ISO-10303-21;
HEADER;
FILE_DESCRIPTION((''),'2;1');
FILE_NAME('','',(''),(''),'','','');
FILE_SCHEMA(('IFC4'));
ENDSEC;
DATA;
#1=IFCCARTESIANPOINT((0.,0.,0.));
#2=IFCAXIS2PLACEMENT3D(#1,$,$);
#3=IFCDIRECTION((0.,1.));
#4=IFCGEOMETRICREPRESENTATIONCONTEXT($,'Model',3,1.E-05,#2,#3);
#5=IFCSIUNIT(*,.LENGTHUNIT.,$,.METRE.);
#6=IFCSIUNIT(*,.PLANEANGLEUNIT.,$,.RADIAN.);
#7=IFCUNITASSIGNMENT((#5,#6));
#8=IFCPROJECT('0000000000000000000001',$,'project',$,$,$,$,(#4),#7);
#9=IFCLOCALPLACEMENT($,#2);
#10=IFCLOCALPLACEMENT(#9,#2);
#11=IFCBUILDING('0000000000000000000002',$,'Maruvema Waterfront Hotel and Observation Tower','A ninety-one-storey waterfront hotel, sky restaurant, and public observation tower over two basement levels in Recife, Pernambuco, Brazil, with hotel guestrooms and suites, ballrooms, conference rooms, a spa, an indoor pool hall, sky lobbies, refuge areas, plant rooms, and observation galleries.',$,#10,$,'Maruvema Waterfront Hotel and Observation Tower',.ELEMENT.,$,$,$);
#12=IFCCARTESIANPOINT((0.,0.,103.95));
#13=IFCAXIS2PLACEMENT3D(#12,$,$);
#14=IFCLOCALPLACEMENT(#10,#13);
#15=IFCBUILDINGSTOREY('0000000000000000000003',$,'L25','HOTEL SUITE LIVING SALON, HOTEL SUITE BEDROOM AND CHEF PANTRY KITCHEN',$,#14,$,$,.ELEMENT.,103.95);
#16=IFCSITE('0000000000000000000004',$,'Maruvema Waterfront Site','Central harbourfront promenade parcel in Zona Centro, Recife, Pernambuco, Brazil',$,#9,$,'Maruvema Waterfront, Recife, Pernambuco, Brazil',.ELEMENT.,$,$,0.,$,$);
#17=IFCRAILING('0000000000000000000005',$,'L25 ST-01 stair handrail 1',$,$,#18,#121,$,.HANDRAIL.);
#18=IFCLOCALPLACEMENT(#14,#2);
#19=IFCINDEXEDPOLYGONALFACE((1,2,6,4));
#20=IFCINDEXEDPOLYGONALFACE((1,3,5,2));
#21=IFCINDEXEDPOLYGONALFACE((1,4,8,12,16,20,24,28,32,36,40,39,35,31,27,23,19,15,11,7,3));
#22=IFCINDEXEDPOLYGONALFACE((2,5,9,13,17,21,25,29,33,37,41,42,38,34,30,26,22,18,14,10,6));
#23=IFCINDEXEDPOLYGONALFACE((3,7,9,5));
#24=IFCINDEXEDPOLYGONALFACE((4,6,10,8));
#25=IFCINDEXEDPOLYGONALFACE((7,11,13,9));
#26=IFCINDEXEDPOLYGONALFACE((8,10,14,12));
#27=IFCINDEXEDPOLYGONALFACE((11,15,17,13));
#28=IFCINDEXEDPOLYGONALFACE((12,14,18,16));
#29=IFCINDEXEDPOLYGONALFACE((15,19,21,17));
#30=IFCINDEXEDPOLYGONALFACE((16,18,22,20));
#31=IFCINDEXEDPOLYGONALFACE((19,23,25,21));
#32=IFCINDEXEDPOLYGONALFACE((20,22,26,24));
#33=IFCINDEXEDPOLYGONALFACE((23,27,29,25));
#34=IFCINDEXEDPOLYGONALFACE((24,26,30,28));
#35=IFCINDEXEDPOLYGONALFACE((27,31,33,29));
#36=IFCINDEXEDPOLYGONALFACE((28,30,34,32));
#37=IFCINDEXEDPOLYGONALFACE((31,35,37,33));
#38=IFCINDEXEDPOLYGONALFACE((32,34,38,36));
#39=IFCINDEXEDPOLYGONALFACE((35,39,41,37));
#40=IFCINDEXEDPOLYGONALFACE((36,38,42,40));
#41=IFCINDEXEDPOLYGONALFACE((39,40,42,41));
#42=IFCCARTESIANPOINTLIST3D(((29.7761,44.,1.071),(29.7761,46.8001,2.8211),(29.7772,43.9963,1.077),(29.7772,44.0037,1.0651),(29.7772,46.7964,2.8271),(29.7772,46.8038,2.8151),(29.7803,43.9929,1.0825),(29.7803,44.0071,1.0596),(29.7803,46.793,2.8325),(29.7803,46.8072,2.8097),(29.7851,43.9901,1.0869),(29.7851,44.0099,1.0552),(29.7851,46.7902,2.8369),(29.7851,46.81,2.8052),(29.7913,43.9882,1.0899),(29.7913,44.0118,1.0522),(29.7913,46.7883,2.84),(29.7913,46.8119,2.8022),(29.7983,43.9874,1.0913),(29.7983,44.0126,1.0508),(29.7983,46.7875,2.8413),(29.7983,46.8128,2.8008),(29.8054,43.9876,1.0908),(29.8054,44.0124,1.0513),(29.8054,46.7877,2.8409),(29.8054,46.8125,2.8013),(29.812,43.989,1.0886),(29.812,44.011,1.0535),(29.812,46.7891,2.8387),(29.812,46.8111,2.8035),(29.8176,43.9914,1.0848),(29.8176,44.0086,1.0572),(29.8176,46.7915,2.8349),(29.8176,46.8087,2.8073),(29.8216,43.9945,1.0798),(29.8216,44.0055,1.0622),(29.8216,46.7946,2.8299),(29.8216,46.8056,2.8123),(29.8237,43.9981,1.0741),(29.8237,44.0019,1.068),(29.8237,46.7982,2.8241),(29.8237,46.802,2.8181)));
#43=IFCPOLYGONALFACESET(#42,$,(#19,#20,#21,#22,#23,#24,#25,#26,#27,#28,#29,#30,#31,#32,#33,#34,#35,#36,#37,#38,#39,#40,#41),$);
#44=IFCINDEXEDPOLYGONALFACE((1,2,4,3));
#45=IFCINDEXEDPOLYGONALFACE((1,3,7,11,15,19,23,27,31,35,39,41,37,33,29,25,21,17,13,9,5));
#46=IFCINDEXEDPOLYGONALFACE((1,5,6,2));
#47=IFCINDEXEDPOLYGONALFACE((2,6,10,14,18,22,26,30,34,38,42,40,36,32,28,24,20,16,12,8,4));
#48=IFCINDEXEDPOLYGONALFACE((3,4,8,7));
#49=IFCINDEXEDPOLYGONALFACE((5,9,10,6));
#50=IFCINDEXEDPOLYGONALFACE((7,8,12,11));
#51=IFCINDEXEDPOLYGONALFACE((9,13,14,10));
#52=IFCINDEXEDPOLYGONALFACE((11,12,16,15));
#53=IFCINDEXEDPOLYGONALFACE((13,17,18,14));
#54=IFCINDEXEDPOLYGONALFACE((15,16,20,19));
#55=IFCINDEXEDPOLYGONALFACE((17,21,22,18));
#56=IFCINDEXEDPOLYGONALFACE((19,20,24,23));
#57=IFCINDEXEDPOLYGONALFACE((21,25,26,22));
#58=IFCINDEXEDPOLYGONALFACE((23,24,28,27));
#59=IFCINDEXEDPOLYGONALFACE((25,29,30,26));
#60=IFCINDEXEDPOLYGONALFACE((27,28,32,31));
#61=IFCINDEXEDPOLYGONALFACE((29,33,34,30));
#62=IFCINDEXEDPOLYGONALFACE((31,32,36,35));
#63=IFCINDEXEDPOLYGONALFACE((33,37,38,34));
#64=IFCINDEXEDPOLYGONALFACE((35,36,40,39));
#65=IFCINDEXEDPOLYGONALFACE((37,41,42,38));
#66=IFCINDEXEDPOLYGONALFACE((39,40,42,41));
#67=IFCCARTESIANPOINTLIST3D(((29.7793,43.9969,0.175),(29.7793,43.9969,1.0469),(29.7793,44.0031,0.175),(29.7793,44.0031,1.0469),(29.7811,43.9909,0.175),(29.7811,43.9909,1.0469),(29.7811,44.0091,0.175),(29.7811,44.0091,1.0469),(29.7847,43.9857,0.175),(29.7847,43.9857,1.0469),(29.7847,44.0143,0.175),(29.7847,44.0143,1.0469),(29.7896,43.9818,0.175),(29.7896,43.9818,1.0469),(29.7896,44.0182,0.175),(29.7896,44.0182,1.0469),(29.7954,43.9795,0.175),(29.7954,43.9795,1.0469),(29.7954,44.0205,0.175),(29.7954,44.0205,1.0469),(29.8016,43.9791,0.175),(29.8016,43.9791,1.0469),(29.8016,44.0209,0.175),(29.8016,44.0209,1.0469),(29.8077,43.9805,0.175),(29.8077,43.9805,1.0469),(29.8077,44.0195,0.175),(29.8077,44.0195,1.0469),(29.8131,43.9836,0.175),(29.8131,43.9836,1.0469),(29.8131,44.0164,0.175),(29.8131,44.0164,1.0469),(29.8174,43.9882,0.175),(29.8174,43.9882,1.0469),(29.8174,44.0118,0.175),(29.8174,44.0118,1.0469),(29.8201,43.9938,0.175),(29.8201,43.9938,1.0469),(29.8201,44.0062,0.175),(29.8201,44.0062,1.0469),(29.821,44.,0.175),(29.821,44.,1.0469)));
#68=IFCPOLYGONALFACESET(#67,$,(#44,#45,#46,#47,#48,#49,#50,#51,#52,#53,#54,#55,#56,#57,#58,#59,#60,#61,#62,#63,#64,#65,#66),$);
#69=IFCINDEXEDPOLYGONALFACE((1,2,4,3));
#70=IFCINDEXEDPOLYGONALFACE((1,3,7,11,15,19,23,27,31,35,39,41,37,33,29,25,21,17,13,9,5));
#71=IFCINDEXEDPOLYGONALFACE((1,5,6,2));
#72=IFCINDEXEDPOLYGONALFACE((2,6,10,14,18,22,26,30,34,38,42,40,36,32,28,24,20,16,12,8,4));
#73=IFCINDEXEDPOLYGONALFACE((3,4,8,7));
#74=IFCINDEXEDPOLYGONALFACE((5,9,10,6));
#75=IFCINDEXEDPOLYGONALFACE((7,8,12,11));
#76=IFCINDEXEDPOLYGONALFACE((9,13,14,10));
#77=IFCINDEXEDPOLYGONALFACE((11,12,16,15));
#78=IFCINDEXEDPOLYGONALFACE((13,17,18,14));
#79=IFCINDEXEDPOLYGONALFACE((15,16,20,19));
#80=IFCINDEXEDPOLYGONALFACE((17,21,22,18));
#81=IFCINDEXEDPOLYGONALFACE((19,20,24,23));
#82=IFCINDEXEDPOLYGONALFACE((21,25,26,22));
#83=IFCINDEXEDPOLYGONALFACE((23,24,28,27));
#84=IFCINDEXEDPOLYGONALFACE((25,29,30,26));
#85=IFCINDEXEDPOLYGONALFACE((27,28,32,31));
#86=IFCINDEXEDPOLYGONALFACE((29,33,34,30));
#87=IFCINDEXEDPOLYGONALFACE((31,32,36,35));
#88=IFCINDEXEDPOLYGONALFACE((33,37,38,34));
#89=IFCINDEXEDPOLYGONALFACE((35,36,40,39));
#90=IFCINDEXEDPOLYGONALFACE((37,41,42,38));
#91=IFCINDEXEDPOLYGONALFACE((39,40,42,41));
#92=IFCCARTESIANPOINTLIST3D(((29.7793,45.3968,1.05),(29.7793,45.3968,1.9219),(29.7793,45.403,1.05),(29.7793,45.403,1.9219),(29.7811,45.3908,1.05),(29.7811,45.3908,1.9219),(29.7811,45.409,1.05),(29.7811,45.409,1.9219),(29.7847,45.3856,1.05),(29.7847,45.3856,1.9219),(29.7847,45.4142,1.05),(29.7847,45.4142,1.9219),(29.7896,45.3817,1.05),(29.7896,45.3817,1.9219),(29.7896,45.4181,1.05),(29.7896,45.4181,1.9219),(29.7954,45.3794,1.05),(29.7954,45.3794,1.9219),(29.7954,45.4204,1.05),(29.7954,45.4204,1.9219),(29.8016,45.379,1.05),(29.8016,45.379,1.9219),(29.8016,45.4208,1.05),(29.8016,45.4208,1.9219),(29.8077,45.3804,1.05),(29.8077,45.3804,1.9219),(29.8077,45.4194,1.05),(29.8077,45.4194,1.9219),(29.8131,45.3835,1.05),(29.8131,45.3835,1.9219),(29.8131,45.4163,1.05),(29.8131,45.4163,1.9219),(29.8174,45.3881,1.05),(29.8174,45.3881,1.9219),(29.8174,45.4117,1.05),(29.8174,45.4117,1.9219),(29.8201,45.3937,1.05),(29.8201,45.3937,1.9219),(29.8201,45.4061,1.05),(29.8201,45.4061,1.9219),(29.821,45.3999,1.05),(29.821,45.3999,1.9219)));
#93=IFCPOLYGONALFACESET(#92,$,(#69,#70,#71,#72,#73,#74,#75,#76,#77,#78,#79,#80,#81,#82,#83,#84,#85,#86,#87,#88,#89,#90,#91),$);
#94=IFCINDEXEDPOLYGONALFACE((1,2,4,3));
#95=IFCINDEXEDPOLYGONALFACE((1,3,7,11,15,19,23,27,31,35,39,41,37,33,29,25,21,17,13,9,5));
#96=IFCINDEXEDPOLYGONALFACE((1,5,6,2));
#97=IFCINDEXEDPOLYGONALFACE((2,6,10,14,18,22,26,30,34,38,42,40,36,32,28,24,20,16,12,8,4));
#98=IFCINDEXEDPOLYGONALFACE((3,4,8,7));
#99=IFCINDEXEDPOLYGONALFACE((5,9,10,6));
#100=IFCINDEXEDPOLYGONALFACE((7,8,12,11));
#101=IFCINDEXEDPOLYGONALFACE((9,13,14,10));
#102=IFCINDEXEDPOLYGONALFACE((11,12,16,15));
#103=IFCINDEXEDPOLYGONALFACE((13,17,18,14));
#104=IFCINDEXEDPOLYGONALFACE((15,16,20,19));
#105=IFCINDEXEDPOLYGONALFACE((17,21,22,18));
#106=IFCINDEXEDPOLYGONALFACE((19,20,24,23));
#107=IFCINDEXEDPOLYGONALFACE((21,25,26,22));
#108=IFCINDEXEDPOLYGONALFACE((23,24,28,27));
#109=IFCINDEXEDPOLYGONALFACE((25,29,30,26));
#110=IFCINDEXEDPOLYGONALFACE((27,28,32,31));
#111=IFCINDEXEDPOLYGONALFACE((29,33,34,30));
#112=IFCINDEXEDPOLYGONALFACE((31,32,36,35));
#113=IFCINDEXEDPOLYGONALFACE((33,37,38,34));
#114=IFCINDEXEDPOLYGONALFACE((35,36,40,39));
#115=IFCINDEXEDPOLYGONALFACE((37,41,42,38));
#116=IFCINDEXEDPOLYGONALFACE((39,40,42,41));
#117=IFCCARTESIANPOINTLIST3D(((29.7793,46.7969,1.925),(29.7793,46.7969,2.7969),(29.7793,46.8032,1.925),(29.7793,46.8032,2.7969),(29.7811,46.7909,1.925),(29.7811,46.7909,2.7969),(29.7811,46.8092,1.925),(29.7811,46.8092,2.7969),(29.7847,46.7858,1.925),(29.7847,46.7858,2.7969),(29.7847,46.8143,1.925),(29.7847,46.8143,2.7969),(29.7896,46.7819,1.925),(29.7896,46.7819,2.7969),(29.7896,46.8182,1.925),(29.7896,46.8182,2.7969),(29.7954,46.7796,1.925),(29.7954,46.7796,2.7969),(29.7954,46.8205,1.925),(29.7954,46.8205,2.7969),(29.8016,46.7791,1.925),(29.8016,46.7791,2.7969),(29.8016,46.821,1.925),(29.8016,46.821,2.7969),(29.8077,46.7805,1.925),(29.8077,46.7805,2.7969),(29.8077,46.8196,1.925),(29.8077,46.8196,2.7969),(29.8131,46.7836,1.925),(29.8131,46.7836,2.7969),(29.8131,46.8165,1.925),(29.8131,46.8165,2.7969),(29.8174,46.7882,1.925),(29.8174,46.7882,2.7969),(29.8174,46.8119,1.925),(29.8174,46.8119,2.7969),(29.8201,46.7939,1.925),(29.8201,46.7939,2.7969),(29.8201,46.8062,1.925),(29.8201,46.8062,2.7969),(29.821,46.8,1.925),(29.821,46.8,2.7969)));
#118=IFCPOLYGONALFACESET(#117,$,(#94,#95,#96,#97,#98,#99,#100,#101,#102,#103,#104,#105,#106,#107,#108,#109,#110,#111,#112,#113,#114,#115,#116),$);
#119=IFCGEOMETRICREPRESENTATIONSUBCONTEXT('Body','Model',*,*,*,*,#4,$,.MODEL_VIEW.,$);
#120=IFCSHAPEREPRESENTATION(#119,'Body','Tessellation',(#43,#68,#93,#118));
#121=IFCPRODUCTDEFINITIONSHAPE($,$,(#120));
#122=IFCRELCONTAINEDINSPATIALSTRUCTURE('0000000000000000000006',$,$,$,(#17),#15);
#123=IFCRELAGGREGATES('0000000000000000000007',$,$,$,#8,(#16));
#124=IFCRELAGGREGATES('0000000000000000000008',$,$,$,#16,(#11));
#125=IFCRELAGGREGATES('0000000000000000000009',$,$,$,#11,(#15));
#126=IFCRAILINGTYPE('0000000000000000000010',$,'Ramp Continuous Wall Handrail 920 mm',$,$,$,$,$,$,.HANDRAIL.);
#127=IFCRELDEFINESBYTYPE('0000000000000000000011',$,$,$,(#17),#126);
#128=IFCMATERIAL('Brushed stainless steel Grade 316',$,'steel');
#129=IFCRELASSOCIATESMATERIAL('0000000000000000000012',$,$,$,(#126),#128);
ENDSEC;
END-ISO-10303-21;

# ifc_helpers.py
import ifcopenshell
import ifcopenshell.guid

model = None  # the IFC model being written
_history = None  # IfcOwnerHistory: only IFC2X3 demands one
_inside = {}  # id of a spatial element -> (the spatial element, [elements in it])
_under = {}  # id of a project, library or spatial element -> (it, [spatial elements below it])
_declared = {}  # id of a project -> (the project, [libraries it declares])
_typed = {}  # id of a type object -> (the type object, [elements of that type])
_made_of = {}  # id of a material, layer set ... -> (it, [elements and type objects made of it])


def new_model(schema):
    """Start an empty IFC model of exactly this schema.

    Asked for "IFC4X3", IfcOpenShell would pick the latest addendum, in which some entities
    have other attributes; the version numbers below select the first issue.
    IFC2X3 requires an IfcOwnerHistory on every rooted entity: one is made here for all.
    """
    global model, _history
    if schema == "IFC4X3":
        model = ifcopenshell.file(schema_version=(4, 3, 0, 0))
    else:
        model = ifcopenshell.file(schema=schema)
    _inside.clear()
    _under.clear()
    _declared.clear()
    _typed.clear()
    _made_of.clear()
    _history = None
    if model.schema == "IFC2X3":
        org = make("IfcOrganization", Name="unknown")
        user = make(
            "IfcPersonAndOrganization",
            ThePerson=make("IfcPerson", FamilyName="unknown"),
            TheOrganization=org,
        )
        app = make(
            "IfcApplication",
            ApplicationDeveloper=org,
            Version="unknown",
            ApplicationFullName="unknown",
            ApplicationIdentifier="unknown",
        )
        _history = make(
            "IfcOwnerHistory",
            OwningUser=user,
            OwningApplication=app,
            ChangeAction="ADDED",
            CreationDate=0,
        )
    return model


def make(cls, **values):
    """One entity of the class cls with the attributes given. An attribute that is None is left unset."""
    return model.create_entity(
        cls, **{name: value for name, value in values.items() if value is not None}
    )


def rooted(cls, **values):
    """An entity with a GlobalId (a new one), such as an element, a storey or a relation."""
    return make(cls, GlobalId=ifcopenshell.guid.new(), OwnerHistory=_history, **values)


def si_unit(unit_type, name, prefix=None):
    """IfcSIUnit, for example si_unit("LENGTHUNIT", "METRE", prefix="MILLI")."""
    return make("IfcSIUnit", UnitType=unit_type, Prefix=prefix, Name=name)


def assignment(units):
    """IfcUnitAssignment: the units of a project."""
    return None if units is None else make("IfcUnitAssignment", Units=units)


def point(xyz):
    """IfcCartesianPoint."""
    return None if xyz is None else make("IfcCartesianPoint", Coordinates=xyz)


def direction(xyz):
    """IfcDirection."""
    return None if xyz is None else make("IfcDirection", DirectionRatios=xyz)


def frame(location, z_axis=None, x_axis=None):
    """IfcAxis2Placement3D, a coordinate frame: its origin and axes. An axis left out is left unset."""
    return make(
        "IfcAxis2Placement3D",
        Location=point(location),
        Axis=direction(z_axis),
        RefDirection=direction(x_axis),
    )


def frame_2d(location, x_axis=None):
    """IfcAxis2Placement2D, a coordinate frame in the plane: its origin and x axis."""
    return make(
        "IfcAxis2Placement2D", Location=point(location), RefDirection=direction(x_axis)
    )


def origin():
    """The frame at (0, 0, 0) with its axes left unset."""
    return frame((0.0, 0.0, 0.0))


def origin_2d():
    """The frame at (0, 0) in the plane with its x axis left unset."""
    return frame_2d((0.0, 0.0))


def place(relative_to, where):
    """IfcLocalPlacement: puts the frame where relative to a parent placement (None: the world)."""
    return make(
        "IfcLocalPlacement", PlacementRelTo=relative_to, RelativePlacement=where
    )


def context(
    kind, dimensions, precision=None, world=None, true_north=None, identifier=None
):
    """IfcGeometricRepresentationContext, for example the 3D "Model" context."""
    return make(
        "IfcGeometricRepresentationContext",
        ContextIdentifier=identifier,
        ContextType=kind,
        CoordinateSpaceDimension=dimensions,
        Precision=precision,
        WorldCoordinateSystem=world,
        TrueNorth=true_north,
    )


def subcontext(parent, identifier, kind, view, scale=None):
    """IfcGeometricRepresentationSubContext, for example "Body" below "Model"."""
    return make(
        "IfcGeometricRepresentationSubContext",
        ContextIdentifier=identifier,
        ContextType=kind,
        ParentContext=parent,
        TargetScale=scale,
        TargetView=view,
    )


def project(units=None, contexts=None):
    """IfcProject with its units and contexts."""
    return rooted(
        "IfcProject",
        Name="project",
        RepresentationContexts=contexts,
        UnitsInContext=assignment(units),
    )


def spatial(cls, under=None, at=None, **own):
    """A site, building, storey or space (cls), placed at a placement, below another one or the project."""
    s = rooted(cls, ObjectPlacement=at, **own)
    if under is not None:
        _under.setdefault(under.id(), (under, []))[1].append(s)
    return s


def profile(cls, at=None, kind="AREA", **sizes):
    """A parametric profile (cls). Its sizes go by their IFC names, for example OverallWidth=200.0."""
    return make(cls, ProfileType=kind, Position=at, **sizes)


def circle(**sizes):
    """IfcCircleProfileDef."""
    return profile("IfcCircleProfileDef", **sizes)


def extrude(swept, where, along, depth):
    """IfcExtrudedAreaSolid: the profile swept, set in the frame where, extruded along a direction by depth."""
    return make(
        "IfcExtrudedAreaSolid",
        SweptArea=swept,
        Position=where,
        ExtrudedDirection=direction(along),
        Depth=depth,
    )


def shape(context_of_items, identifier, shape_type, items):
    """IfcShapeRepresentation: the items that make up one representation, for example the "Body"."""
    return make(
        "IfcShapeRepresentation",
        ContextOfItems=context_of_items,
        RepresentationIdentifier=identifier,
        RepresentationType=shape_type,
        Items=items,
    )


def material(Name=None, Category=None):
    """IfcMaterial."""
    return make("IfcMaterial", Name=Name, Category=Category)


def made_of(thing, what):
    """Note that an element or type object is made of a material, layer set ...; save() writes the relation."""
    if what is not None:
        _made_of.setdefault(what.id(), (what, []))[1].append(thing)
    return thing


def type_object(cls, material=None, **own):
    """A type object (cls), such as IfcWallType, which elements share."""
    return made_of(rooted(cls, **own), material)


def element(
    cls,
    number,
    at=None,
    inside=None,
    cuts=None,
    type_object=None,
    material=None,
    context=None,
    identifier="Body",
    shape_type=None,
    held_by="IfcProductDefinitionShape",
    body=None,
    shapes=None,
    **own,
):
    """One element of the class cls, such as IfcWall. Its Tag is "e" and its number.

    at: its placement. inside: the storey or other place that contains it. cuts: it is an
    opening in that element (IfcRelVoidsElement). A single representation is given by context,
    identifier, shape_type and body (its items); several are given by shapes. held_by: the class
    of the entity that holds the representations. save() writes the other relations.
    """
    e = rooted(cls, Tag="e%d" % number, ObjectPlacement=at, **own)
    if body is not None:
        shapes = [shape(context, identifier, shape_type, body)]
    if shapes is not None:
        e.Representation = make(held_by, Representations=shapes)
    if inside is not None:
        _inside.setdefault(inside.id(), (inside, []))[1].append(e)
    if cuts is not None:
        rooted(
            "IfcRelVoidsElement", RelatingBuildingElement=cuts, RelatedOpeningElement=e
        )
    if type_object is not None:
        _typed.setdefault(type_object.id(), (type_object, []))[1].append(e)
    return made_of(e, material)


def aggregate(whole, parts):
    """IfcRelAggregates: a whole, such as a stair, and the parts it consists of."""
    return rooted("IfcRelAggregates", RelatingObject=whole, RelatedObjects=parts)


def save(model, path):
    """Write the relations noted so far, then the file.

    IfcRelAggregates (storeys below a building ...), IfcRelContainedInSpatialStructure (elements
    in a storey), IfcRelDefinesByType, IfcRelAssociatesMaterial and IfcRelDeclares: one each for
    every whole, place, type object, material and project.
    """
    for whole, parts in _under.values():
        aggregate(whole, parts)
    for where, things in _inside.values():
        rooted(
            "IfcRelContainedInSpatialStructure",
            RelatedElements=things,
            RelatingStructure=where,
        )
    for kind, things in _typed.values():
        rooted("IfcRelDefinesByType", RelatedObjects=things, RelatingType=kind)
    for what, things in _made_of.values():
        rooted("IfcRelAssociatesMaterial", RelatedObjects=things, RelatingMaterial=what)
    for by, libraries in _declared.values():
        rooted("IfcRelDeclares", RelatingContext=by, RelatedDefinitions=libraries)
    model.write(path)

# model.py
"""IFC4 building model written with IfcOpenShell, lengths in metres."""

from ifc_helpers import new_model, si_unit, direction, frame, origin, origin_2d, place, context, subcontext, project, spatial, circle, extrude, material, type_object, element, save


model = new_model("IFC4")

# Units and contexts
model_context = context("Model", 3, precision=1e-05, world=origin(), true_north=direction((0.0, 1.0)))
body_context = subcontext(model_context, "Body", "Model", "MODEL_VIEW")
ifc_project = project(units=[si_unit("LENGTHUNIT", "METRE"), si_unit("PLANEANGLEUNIT", "RADIAN")], contexts=[model_context])

# Site, building, storey
site_placement = place(None, origin())
site = spatial("IfcSite", under=ifc_project, at=site_placement, Name="Maruvema Waterfront Site", Description="Central harbourfront promenade parcel in Zona Centro, Recife, Pernambuco, Brazil", LongName="Maruvema Waterfront, Recife, Pernambuco, Brazil", CompositionType="ELEMENT", RefElevation=0.0)
building_placement = place(site_placement, origin())
building = spatial("IfcBuilding", under=site, at=building_placement, Name="Maruvema Waterfront Hotel and Observation Tower", Description="A ninety-one-storey waterfront hotel, sky restaurant, and public observation tower over two basement levels in Recife, Pernambuco, Brazil, with hotel guestrooms and suites, ballrooms, conference rooms, a spa, an indoor pool hall, sky lobbies, refuge areas, plant rooms, and observation galleries.", LongName="Maruvema Waterfront Hotel and Observation Tower", CompositionType="ELEMENT")
storey_placement = place(building_placement, frame((0.0, 0.0, 103.95)))
storey = spatial("IfcBuildingStorey", under=building, at=storey_placement, Name="L25", Description="HOTEL SUITE LIVING SALON, HOTEL SUITE BEDROOM AND CHEF PANTRY KITCHEN", CompositionType="ELEMENT", Elevation=103.95)

# Railing
ifc_material_1 = material(Name="Brushed stainless steel Grade 316", Category="steel")
railing_type_1 = type_object("IfcRailingType", Name="Ramp Continuous Wall Handrail 920 mm", PredefinedType="HANDRAIL", material=ifc_material_1)
railing_1_placement = place(storey_placement, frame((29.8, 44.0, 0.175)))
element("IfcRailing", 1, at=railing_1_placement, inside=storey, type_object=railing_type_1, Name="L25 ST-01 stair handrail 1", PredefinedType="HANDRAIL", context=body_context, shape_type="SweptSolid", body=[
    extrude(circle(Radius=0.0239, at=origin_2d()), frame((0.0, 0.0, 0.896), z_axis=(0.0, 0.848002, 0.529992), x_axis=(-1.0, 0.0, 0.0)), (0.0, 0.0, 1.0), 3.302),
    extrude(circle(Radius=0.021, at=origin_2d()), origin(), (0.0, 0.0, 1.0), 0.8718),
    extrude(circle(Radius=0.021, at=origin_2d()), frame((0.0, 1.3999, 0.875)), (0.0, 0.0, 1.0), 0.8718),
    extrude(circle(Radius=0.021, at=origin_2d()), frame((0.0, 2.8, 1.75)), (0.0, 0.0, 1.0), 0.8718),
])

save(model, "model.ifc")
